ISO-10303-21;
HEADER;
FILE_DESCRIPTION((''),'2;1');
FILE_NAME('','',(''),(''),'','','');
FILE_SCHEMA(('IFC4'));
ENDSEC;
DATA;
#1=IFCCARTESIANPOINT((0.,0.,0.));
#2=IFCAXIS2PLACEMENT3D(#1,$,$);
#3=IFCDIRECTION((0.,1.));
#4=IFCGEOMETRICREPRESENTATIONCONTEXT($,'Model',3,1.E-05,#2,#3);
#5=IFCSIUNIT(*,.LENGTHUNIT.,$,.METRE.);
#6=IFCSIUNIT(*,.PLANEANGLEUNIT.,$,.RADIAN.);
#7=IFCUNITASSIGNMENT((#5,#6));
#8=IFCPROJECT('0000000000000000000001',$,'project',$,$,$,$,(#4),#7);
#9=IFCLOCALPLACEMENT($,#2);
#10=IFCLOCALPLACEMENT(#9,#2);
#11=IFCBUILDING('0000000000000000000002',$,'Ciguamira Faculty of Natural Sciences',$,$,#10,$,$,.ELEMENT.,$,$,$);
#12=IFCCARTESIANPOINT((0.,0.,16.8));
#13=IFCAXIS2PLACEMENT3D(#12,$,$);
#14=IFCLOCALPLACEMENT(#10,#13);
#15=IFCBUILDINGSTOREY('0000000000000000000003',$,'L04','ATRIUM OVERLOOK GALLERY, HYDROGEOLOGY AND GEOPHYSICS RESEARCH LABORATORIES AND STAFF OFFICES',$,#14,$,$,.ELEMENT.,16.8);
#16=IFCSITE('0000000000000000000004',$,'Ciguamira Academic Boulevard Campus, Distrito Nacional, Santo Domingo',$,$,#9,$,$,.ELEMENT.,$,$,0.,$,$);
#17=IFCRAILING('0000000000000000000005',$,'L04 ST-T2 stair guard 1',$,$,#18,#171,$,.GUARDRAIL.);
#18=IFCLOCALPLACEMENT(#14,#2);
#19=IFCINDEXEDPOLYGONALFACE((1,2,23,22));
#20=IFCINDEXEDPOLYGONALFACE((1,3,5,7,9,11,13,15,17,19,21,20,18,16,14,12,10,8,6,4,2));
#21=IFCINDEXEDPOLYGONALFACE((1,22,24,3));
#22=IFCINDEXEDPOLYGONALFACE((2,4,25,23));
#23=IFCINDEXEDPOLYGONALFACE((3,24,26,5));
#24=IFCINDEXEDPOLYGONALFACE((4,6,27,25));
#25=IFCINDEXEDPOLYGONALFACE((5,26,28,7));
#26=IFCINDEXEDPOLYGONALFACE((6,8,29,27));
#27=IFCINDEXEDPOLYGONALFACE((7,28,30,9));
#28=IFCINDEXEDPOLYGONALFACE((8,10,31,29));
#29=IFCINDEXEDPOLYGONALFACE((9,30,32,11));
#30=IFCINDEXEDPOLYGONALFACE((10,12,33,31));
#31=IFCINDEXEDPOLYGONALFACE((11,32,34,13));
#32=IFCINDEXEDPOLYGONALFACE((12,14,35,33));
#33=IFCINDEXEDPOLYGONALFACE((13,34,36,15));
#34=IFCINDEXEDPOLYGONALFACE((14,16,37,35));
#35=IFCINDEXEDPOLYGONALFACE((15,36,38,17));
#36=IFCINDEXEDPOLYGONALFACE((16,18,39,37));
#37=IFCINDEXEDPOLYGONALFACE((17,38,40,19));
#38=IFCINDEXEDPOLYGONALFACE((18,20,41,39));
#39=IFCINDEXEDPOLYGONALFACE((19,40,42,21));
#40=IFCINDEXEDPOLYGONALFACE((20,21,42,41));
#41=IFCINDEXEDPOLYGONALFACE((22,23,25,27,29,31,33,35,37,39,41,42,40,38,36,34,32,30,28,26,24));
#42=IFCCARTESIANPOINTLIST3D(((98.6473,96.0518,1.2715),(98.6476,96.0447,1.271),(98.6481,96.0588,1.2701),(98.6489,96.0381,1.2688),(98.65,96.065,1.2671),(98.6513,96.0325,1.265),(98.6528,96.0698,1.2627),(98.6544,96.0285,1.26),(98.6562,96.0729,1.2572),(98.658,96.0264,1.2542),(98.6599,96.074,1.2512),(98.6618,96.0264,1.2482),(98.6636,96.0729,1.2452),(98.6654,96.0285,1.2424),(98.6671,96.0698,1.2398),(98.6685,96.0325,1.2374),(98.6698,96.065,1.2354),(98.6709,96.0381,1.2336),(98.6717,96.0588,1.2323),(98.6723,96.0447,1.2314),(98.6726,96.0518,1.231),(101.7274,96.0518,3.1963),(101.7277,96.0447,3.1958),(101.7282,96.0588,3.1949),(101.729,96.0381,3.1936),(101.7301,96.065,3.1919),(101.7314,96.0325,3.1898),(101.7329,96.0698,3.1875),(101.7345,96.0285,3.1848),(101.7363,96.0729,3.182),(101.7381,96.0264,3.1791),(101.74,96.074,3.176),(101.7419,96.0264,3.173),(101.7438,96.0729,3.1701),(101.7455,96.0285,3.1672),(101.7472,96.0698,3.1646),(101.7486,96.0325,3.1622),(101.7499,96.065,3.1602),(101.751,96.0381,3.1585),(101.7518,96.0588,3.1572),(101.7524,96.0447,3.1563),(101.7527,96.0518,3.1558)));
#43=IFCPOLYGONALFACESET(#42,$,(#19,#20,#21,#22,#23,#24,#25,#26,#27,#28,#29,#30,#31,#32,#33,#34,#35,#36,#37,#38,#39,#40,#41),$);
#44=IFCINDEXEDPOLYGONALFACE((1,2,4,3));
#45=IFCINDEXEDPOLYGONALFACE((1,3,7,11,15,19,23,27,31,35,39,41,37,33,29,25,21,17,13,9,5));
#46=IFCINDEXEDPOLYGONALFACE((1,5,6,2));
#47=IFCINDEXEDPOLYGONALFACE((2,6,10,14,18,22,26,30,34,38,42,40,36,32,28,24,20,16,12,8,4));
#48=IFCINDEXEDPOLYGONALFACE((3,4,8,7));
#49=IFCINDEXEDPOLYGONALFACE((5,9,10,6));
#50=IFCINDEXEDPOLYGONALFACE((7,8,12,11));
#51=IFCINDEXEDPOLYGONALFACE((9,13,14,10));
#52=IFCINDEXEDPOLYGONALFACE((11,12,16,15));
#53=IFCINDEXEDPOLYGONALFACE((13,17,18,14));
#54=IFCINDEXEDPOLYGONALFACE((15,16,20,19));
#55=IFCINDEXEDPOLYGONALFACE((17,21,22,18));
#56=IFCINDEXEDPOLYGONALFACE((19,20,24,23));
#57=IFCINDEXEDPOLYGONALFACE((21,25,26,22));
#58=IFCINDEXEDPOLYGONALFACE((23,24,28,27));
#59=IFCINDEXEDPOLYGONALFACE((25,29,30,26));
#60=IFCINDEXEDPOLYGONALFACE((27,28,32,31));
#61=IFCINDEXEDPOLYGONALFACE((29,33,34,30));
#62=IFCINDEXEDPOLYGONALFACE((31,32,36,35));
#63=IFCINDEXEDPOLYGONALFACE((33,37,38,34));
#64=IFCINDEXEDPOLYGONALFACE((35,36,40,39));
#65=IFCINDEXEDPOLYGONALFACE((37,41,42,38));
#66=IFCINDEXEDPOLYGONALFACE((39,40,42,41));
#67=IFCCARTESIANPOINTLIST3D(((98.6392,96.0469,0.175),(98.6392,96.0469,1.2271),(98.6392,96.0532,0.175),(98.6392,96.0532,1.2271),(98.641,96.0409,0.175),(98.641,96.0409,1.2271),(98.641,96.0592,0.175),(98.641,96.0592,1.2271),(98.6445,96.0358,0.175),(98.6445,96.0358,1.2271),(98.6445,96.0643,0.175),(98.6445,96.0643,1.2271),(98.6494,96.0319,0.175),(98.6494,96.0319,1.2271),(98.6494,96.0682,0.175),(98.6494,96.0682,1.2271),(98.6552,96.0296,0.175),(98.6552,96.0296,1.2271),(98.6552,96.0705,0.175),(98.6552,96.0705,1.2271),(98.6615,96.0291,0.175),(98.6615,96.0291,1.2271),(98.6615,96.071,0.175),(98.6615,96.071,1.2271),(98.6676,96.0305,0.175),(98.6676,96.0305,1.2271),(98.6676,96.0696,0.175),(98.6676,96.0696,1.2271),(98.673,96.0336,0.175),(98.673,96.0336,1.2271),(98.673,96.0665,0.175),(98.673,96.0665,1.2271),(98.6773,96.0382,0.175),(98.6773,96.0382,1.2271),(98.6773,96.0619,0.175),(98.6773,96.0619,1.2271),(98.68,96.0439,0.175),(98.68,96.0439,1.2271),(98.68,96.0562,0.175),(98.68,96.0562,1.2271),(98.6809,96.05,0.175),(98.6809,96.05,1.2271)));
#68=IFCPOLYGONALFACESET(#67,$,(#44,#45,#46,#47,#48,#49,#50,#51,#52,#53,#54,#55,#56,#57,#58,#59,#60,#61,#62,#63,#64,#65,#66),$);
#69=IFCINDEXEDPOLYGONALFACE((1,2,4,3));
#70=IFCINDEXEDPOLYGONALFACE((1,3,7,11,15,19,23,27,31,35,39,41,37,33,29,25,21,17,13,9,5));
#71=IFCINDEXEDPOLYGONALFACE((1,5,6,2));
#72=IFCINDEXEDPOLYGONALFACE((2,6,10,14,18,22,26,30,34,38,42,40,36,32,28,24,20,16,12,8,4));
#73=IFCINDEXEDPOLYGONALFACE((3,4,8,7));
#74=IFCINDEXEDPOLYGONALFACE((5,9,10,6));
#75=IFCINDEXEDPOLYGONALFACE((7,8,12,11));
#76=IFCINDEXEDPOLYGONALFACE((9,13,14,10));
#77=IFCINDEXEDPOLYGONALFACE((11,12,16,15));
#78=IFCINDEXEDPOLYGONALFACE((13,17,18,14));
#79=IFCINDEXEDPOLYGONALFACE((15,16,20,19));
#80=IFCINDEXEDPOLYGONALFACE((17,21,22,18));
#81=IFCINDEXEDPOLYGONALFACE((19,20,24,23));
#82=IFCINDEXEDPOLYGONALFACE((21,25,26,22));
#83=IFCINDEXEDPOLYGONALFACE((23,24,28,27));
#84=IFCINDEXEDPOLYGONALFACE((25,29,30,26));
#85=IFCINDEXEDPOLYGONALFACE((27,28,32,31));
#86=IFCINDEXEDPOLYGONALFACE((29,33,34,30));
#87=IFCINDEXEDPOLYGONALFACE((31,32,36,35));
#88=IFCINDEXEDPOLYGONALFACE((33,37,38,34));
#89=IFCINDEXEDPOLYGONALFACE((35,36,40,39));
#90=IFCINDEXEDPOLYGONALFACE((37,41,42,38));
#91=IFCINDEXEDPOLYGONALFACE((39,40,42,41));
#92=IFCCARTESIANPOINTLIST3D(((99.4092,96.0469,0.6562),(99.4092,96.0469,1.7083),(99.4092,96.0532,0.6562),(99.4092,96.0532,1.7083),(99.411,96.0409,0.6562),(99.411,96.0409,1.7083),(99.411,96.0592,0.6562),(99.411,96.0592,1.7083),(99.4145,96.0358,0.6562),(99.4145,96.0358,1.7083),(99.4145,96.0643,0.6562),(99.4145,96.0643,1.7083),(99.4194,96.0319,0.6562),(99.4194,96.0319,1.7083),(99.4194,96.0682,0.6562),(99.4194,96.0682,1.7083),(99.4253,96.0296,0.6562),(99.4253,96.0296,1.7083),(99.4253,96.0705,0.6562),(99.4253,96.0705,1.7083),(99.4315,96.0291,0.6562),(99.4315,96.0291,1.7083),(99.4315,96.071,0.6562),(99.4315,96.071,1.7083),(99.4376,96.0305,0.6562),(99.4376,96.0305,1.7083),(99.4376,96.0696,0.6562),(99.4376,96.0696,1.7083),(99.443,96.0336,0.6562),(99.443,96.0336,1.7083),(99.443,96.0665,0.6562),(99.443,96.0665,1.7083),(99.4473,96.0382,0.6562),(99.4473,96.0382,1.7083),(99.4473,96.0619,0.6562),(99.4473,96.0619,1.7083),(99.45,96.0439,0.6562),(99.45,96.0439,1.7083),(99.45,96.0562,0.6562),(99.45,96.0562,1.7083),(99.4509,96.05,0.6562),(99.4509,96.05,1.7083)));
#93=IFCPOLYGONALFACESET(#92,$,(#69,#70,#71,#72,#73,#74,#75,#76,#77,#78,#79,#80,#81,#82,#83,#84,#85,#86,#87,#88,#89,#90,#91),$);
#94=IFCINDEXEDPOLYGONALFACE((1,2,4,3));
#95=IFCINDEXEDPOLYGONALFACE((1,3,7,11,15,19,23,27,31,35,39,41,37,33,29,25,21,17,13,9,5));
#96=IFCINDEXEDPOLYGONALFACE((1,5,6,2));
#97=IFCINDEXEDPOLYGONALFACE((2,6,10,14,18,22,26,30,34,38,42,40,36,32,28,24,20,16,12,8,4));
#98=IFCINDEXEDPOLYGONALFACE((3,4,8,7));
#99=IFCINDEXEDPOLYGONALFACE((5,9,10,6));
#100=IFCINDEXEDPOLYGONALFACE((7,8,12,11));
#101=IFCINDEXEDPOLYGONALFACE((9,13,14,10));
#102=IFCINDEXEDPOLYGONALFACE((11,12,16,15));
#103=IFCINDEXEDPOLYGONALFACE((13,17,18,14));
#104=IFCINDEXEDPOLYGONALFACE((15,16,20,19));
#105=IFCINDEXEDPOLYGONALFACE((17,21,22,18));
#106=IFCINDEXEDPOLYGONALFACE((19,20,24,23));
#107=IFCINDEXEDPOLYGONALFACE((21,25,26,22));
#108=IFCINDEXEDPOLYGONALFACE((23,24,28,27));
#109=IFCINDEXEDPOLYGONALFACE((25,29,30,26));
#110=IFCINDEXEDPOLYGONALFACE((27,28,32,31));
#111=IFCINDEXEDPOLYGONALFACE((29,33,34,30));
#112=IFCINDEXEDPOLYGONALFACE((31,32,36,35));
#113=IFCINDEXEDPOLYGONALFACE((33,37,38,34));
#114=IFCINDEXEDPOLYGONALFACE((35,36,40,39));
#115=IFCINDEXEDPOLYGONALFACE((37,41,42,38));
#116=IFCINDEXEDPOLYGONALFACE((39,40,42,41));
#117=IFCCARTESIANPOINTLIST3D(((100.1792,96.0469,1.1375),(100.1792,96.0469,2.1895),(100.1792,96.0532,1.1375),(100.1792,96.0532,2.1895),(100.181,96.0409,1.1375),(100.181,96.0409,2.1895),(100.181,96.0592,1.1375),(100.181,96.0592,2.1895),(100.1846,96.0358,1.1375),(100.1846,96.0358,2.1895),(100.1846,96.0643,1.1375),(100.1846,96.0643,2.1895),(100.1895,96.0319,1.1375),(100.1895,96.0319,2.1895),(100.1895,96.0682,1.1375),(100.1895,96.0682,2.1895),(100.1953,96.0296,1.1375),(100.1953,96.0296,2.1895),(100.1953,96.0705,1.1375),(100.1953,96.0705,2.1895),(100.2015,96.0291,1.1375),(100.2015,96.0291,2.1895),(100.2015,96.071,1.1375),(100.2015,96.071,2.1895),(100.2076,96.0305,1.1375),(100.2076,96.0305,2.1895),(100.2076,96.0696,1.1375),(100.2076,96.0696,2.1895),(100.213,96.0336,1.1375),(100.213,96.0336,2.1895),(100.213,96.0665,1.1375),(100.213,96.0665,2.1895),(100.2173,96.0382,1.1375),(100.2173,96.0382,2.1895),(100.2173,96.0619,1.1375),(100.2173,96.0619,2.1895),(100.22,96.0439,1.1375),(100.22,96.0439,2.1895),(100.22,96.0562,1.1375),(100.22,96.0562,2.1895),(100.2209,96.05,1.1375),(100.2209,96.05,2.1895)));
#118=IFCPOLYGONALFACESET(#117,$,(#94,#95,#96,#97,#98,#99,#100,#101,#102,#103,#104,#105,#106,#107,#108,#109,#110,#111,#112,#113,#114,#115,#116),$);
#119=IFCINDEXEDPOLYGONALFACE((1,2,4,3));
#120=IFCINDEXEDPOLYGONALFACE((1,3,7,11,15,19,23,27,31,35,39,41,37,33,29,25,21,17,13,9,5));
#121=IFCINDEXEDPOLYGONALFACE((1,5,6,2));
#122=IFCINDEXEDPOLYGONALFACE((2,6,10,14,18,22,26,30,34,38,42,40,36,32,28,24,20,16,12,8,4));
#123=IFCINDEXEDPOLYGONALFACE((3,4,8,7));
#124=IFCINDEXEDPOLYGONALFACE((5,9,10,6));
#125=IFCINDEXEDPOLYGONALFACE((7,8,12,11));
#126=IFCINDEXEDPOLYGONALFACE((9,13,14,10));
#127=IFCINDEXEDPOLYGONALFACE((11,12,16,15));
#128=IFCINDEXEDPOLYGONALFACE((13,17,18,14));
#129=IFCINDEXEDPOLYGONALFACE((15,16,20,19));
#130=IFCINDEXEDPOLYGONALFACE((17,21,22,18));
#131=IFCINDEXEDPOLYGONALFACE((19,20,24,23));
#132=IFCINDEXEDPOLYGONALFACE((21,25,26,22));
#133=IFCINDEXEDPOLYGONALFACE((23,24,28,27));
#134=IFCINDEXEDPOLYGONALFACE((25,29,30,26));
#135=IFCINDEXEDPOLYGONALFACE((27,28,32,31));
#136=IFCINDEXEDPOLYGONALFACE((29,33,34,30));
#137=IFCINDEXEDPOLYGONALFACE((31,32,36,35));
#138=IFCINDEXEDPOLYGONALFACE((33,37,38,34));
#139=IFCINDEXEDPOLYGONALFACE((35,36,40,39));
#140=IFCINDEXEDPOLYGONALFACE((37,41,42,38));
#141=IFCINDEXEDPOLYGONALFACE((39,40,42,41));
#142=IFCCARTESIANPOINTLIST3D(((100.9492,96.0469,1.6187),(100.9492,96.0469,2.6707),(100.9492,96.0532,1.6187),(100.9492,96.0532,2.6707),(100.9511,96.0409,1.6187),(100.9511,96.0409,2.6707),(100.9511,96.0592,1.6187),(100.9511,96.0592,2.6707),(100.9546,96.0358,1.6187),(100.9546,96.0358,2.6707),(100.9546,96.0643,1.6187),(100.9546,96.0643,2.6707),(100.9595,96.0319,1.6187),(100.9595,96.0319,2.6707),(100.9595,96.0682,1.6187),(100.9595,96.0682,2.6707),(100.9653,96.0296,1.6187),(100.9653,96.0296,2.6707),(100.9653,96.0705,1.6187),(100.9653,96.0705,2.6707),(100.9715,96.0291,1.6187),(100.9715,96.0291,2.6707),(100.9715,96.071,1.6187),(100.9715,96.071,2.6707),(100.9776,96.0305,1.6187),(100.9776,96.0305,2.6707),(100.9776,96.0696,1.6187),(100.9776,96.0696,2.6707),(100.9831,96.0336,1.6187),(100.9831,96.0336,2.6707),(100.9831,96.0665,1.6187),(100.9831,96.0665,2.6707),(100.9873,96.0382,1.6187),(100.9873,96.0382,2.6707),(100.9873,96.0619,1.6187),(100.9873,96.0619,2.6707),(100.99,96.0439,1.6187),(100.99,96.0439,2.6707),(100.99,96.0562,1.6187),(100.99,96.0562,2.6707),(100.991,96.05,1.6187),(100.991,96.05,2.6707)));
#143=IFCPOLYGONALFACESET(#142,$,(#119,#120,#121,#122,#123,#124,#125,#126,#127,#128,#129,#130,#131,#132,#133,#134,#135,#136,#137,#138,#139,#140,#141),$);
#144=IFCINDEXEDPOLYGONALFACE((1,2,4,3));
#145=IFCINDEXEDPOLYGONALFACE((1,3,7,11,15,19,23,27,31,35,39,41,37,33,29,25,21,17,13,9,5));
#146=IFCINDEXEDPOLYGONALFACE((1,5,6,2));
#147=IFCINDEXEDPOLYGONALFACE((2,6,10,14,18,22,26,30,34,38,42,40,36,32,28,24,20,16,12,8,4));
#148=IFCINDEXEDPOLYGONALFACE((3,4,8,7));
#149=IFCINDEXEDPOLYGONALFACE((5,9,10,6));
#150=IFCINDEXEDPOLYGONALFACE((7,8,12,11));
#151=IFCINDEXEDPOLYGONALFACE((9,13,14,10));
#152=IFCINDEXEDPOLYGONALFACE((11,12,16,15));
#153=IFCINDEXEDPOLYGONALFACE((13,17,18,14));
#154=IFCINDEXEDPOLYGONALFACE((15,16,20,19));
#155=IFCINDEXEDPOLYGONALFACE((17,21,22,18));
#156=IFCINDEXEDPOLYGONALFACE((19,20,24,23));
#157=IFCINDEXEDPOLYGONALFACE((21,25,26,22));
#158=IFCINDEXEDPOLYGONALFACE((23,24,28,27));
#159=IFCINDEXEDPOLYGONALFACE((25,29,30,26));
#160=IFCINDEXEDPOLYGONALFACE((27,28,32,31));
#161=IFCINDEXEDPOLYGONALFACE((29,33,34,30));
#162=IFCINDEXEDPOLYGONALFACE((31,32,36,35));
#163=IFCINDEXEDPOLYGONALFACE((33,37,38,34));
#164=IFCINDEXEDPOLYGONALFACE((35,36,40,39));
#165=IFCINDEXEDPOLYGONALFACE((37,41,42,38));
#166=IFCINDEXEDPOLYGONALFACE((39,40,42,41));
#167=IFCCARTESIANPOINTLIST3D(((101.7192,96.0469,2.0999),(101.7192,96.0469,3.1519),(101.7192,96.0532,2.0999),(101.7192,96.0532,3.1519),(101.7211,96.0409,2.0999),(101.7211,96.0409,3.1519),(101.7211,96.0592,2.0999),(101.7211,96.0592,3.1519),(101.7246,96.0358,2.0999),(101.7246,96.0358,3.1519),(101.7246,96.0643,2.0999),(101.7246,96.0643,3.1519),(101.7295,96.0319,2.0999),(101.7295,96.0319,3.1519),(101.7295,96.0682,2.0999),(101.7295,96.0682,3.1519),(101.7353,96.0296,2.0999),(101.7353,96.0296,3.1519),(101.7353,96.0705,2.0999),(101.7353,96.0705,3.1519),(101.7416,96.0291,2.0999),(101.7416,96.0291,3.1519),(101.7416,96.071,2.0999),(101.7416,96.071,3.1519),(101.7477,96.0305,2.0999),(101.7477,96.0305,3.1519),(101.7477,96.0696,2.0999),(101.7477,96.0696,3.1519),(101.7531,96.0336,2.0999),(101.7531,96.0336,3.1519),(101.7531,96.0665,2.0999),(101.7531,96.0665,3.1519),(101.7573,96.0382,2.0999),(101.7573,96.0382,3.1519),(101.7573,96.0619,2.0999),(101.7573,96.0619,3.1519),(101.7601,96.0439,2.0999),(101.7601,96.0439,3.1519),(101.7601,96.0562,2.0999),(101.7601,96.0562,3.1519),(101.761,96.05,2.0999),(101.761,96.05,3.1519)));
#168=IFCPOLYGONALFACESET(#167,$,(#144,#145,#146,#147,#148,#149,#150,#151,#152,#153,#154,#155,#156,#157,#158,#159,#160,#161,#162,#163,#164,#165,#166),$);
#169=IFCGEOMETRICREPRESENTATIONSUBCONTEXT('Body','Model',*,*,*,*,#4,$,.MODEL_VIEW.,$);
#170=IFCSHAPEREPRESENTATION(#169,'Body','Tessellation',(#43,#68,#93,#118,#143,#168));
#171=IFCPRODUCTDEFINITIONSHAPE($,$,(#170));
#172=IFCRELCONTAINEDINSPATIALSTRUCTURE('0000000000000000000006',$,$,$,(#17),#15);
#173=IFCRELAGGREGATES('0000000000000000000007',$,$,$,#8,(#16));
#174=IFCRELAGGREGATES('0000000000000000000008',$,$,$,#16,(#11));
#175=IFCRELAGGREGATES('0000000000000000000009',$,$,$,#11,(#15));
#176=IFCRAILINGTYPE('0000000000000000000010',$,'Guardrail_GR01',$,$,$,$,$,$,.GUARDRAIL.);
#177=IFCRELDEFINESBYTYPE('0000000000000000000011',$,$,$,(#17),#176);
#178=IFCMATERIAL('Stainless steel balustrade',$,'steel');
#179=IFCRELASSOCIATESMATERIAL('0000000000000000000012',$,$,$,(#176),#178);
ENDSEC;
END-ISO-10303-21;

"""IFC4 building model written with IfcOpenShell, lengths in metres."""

from ifc_helpers import new_model, si_unit, direction, frame, origin, origin_2d, place, context, subcontext, project, spatial, circle, extrude, material, type_object, element, save


model = new_model("IFC4")

# Units and contexts
model_context = context("Model", 3, precision=1e-05, world=origin(), true_north=direction((0.0, 1.0)))
body_context = subcontext(model_context, "Body", "Model", "MODEL_VIEW")
ifc_project = project(units=[si_unit("LENGTHUNIT", "METRE"), si_unit("PLANEANGLEUNIT", "RADIAN")], contexts=[model_context])

# Site, building, storey
site_placement = place(None, origin())
site = spatial("IfcSite", under=ifc_project, at=site_placement, Name="Ciguamira Academic Boulevard Campus, Distrito Nacional, Santo Domingo", CompositionType="ELEMENT", RefElevation=0.0)
building_placement = place(site_placement, origin())
building = spatial("IfcBuilding", under=site, at=building_placement, Name="Ciguamira Faculty of Natural Sciences", CompositionType="ELEMENT")
storey_placement = place(building_placement, frame((0.0, 0.0, 16.8)))
storey = spatial("IfcBuildingStorey", under=building, at=storey_placement, Name="L04", Description="ATRIUM OVERLOOK GALLERY, HYDROGEOLOGY AND GEOPHYSICS RESEARCH LABORATORIES AND STAFF OFFICES", CompositionType="ELEMENT", Elevation=16.8)

# Railing
ifc_material_1 = material(Name="Stainless steel balustrade", Category="steel")
railing_type_1 = type_object("IfcRailingType", Name="Guardrail_GR01", PredefinedType="GUARDRAIL", material=ifc_material_1)
railing_1_placement = place(storey_placement, frame((98.6599, 96.05, 0.175)))
element("IfcRailing", 1, at=railing_1_placement, inside=storey, type_object=railing_type_1, Name="L04 ST-T2 stair guard 1", PredefinedType="GUARDRAIL", context=body_context, shape_type="SweptSolid", body=[
    extrude(circle(Radius=0.0239, at=origin_2d()), frame((0.0, 0.0, 1.0762), z_axis=(0.848029, 0.0, 0.529951), x_axis=(0.0, 1.0, 0.0)), (0.0, 0.0, 1.0), 3.6321),
    extrude(circle(Radius=0.021, at=origin_2d()), origin(), (0.0, 0.0, 1.0), 1.052),
    extrude(circle(Radius=0.021, at=origin_2d()), frame((0.77, 0.0, 0.4812)), (0.0, 0.0, 1.0), 1.052),
    extrude(circle(Radius=0.021, at=origin_2d()), frame((1.54, 0.0, 0.9624)), (0.0, 0.0, 1.0), 1.052),
    extrude(circle(Radius=0.021, at=origin_2d()), frame((2.3101, 0.0, 1.4436)), (0.0, 0.0, 1.0), 1.052),
    extrude(circle(Radius=0.021, at=origin_2d()), frame((3.0801, 0.0, 1.9248)), (0.0, 0.0, 1.0), 1.052),
])

save(model, "model.ifc")
